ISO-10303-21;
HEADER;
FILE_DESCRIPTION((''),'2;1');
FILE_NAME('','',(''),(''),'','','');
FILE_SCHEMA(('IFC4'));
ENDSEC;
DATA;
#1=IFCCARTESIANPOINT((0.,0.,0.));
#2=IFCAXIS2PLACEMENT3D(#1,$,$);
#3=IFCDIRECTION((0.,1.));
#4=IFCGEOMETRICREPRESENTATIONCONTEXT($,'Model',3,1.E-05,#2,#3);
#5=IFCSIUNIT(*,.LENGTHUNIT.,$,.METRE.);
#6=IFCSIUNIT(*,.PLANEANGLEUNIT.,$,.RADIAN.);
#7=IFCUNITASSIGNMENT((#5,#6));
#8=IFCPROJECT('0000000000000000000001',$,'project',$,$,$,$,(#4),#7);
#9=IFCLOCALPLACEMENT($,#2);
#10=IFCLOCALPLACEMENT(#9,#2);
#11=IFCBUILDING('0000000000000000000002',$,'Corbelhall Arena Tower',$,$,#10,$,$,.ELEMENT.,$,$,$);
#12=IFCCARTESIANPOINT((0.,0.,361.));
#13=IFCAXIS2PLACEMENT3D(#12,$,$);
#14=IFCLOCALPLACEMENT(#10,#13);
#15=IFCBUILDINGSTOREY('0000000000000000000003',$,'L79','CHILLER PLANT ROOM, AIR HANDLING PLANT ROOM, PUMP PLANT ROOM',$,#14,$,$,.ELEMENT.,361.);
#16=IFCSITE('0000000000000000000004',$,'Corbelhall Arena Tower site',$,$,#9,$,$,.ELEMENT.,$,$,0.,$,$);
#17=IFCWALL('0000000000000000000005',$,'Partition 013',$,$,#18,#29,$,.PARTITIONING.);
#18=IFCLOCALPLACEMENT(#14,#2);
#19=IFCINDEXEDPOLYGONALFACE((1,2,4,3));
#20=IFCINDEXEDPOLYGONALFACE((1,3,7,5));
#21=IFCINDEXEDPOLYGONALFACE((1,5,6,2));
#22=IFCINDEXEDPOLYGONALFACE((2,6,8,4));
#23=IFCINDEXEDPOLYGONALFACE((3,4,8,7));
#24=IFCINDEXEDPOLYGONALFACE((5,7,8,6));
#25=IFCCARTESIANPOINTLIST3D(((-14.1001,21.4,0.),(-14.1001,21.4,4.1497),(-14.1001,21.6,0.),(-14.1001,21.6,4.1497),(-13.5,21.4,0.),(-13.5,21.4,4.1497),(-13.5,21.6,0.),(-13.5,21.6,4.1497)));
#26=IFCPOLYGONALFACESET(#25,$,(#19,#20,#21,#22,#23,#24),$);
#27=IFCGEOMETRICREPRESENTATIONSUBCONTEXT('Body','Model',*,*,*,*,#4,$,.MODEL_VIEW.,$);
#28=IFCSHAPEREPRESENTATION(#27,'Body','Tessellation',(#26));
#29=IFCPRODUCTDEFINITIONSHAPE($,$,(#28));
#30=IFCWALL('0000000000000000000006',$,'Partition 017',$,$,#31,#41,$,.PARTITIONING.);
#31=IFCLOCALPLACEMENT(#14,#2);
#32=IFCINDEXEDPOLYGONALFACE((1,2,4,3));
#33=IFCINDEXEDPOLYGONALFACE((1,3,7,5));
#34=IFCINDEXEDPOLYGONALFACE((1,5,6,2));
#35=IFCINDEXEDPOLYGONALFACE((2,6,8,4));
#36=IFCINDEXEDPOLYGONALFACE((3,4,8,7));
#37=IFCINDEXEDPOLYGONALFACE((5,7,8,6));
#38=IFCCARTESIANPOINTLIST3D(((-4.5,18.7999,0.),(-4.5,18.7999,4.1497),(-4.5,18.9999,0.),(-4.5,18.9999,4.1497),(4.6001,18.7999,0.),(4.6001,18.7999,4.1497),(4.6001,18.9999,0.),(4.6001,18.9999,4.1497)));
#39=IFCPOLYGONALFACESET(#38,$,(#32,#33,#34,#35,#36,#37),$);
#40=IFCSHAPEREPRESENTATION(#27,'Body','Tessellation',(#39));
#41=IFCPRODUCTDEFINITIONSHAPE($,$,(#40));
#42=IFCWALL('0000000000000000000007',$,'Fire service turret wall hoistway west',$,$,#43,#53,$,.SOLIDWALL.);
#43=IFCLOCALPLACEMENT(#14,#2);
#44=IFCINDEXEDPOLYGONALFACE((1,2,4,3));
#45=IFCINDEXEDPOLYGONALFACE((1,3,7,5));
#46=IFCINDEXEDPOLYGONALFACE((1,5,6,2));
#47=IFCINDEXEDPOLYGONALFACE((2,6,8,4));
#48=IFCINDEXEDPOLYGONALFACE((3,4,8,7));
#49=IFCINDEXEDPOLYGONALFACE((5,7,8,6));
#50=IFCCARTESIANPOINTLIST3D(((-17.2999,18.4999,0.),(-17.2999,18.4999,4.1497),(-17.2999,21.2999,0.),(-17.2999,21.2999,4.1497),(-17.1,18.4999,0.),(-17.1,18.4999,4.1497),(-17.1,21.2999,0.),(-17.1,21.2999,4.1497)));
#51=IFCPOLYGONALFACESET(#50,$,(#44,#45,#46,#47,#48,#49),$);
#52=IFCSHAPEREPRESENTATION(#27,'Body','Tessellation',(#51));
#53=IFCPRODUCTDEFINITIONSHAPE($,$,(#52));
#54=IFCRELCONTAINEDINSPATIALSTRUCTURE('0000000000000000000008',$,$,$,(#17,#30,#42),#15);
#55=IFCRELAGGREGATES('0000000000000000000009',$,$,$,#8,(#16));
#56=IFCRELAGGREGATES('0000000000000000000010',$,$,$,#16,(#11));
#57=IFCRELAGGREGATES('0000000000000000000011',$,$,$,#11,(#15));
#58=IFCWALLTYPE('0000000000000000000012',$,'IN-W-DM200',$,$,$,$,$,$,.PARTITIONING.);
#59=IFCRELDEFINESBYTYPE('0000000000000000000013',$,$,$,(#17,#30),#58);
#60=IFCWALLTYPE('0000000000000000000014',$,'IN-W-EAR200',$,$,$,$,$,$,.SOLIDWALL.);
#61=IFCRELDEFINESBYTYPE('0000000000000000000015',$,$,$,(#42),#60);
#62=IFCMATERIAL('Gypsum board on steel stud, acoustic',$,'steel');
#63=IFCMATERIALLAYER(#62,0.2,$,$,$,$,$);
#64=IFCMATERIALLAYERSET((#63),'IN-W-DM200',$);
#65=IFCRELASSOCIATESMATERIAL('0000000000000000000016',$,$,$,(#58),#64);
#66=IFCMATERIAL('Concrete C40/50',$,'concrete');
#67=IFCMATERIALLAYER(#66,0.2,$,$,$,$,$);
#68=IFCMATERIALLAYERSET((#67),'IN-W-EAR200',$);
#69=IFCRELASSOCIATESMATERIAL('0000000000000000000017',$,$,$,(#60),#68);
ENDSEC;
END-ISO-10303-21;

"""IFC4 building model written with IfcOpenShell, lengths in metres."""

from ifc_helpers import new_model, si_unit, direction, frame, frame_2d, origin, place, context, subcontext, project, spatial, rectangle, extrude, material, layer, layer_set, type_object, element, save


model = new_model("IFC4")

# Units and contexts
model_context = context("Model", 3, precision=1e-05, world=origin(), true_north=direction((0.0, 1.0)))
body_context = subcontext(model_context, "Body", "Model", "MODEL_VIEW")
ifc_project = project(units=[si_unit("LENGTHUNIT", "METRE"), si_unit("PLANEANGLEUNIT", "RADIAN")], contexts=[model_context])

# Site, building, storey
site_placement = place(None, origin())
site = spatial("IfcSite", under=ifc_project, at=site_placement, Name="Corbelhall Arena Tower site", CompositionType="ELEMENT", RefElevation=0.0)
building_placement = place(site_placement, origin())
building = spatial("IfcBuilding", under=site, at=building_placement, Name="Corbelhall Arena Tower", CompositionType="ELEMENT")
storey_placement = place(building_placement, frame((0.0, 0.0, 361.0)))
storey = spatial("IfcBuildingStorey", under=building, at=storey_placement, Name="L79", Description="CHILLER PLANT ROOM, AIR HANDLING PLANT ROOM, PUMP PLANT ROOM", CompositionType="ELEMENT", Elevation=361.0)

# Wall
ifc_material_1 = material(Name="Gypsum board on steel stud, acoustic", Category="steel")
ifc_layer_1 = layer(ifc_material_1, 0.2)
ifc_layer_set_1 = layer_set([ifc_layer_1], Name="IN-W-DM200")
wall_type_1 = type_object("IfcWallType", Name="IN-W-DM200", PredefinedType="PARTITIONING", material=ifc_layer_set_1)
wall_1_placement = place(storey_placement, frame((-13.5, 21.5, 0.0), z_axis=(0.0, 0.0, 1.0), x_axis=(-1.0, 0.0, 0.0)))
element("IfcWall", 1, at=wall_1_placement, inside=storey, type_object=wall_type_1, Name="Partition 013", PredefinedType="PARTITIONING", context=body_context, shape_type="SweptSolid", body=[
    extrude(rectangle(XDim=0.6001, YDim=0.2, at=frame_2d((0.3, 0.0))), origin(), (0.0, 0.0, 1.0), 4.1497),
])

# Walls
wall_2_placement = place(storey_placement, frame((-4.5, 18.8999, 0.0), z_axis=(0.0, 0.0, 1.0), x_axis=(1.0, 0.0, 0.0)))
element("IfcWall", 2, at=wall_2_placement, inside=storey, type_object=wall_type_1, Name="Partition 017", PredefinedType="PARTITIONING", context=body_context, shape_type="SweptSolid", body=[
    extrude(rectangle(XDim=9.1001, YDim=0.2, at=frame_2d((4.55, 0.0))), origin(), (0.0, 0.0, 1.0), 4.1497),
])
ifc_material_2 = material(Name="Concrete C40/50", Category="concrete")
ifc_layer_2 = layer(ifc_material_2, 0.2)
ifc_layer_set_2 = layer_set([ifc_layer_2], Name="IN-W-EAR200")
wall_type_2 = type_object("IfcWallType", Name="IN-W-EAR200", PredefinedType="SOLIDWALL", material=ifc_layer_set_2)
wall_3_placement = place(storey_placement, frame((-17.2, 18.5, 0.0), z_axis=(0.0, 0.0, 1.0), x_axis=(0.0, 1.0, 0.0)))
element("IfcWall", 3, at=wall_3_placement, inside=storey, type_object=wall_type_2, Name="Fire service turret wall hoistway west", PredefinedType="SOLIDWALL", context=body_context, shape_type="SweptSolid", body=[
    extrude(rectangle(XDim=2.8, YDim=0.2, at=frame_2d((1.3999, 0.0))), origin(), (0.0, 0.0, 1.0), 4.1497),
])

save(model, "model.ifc")
